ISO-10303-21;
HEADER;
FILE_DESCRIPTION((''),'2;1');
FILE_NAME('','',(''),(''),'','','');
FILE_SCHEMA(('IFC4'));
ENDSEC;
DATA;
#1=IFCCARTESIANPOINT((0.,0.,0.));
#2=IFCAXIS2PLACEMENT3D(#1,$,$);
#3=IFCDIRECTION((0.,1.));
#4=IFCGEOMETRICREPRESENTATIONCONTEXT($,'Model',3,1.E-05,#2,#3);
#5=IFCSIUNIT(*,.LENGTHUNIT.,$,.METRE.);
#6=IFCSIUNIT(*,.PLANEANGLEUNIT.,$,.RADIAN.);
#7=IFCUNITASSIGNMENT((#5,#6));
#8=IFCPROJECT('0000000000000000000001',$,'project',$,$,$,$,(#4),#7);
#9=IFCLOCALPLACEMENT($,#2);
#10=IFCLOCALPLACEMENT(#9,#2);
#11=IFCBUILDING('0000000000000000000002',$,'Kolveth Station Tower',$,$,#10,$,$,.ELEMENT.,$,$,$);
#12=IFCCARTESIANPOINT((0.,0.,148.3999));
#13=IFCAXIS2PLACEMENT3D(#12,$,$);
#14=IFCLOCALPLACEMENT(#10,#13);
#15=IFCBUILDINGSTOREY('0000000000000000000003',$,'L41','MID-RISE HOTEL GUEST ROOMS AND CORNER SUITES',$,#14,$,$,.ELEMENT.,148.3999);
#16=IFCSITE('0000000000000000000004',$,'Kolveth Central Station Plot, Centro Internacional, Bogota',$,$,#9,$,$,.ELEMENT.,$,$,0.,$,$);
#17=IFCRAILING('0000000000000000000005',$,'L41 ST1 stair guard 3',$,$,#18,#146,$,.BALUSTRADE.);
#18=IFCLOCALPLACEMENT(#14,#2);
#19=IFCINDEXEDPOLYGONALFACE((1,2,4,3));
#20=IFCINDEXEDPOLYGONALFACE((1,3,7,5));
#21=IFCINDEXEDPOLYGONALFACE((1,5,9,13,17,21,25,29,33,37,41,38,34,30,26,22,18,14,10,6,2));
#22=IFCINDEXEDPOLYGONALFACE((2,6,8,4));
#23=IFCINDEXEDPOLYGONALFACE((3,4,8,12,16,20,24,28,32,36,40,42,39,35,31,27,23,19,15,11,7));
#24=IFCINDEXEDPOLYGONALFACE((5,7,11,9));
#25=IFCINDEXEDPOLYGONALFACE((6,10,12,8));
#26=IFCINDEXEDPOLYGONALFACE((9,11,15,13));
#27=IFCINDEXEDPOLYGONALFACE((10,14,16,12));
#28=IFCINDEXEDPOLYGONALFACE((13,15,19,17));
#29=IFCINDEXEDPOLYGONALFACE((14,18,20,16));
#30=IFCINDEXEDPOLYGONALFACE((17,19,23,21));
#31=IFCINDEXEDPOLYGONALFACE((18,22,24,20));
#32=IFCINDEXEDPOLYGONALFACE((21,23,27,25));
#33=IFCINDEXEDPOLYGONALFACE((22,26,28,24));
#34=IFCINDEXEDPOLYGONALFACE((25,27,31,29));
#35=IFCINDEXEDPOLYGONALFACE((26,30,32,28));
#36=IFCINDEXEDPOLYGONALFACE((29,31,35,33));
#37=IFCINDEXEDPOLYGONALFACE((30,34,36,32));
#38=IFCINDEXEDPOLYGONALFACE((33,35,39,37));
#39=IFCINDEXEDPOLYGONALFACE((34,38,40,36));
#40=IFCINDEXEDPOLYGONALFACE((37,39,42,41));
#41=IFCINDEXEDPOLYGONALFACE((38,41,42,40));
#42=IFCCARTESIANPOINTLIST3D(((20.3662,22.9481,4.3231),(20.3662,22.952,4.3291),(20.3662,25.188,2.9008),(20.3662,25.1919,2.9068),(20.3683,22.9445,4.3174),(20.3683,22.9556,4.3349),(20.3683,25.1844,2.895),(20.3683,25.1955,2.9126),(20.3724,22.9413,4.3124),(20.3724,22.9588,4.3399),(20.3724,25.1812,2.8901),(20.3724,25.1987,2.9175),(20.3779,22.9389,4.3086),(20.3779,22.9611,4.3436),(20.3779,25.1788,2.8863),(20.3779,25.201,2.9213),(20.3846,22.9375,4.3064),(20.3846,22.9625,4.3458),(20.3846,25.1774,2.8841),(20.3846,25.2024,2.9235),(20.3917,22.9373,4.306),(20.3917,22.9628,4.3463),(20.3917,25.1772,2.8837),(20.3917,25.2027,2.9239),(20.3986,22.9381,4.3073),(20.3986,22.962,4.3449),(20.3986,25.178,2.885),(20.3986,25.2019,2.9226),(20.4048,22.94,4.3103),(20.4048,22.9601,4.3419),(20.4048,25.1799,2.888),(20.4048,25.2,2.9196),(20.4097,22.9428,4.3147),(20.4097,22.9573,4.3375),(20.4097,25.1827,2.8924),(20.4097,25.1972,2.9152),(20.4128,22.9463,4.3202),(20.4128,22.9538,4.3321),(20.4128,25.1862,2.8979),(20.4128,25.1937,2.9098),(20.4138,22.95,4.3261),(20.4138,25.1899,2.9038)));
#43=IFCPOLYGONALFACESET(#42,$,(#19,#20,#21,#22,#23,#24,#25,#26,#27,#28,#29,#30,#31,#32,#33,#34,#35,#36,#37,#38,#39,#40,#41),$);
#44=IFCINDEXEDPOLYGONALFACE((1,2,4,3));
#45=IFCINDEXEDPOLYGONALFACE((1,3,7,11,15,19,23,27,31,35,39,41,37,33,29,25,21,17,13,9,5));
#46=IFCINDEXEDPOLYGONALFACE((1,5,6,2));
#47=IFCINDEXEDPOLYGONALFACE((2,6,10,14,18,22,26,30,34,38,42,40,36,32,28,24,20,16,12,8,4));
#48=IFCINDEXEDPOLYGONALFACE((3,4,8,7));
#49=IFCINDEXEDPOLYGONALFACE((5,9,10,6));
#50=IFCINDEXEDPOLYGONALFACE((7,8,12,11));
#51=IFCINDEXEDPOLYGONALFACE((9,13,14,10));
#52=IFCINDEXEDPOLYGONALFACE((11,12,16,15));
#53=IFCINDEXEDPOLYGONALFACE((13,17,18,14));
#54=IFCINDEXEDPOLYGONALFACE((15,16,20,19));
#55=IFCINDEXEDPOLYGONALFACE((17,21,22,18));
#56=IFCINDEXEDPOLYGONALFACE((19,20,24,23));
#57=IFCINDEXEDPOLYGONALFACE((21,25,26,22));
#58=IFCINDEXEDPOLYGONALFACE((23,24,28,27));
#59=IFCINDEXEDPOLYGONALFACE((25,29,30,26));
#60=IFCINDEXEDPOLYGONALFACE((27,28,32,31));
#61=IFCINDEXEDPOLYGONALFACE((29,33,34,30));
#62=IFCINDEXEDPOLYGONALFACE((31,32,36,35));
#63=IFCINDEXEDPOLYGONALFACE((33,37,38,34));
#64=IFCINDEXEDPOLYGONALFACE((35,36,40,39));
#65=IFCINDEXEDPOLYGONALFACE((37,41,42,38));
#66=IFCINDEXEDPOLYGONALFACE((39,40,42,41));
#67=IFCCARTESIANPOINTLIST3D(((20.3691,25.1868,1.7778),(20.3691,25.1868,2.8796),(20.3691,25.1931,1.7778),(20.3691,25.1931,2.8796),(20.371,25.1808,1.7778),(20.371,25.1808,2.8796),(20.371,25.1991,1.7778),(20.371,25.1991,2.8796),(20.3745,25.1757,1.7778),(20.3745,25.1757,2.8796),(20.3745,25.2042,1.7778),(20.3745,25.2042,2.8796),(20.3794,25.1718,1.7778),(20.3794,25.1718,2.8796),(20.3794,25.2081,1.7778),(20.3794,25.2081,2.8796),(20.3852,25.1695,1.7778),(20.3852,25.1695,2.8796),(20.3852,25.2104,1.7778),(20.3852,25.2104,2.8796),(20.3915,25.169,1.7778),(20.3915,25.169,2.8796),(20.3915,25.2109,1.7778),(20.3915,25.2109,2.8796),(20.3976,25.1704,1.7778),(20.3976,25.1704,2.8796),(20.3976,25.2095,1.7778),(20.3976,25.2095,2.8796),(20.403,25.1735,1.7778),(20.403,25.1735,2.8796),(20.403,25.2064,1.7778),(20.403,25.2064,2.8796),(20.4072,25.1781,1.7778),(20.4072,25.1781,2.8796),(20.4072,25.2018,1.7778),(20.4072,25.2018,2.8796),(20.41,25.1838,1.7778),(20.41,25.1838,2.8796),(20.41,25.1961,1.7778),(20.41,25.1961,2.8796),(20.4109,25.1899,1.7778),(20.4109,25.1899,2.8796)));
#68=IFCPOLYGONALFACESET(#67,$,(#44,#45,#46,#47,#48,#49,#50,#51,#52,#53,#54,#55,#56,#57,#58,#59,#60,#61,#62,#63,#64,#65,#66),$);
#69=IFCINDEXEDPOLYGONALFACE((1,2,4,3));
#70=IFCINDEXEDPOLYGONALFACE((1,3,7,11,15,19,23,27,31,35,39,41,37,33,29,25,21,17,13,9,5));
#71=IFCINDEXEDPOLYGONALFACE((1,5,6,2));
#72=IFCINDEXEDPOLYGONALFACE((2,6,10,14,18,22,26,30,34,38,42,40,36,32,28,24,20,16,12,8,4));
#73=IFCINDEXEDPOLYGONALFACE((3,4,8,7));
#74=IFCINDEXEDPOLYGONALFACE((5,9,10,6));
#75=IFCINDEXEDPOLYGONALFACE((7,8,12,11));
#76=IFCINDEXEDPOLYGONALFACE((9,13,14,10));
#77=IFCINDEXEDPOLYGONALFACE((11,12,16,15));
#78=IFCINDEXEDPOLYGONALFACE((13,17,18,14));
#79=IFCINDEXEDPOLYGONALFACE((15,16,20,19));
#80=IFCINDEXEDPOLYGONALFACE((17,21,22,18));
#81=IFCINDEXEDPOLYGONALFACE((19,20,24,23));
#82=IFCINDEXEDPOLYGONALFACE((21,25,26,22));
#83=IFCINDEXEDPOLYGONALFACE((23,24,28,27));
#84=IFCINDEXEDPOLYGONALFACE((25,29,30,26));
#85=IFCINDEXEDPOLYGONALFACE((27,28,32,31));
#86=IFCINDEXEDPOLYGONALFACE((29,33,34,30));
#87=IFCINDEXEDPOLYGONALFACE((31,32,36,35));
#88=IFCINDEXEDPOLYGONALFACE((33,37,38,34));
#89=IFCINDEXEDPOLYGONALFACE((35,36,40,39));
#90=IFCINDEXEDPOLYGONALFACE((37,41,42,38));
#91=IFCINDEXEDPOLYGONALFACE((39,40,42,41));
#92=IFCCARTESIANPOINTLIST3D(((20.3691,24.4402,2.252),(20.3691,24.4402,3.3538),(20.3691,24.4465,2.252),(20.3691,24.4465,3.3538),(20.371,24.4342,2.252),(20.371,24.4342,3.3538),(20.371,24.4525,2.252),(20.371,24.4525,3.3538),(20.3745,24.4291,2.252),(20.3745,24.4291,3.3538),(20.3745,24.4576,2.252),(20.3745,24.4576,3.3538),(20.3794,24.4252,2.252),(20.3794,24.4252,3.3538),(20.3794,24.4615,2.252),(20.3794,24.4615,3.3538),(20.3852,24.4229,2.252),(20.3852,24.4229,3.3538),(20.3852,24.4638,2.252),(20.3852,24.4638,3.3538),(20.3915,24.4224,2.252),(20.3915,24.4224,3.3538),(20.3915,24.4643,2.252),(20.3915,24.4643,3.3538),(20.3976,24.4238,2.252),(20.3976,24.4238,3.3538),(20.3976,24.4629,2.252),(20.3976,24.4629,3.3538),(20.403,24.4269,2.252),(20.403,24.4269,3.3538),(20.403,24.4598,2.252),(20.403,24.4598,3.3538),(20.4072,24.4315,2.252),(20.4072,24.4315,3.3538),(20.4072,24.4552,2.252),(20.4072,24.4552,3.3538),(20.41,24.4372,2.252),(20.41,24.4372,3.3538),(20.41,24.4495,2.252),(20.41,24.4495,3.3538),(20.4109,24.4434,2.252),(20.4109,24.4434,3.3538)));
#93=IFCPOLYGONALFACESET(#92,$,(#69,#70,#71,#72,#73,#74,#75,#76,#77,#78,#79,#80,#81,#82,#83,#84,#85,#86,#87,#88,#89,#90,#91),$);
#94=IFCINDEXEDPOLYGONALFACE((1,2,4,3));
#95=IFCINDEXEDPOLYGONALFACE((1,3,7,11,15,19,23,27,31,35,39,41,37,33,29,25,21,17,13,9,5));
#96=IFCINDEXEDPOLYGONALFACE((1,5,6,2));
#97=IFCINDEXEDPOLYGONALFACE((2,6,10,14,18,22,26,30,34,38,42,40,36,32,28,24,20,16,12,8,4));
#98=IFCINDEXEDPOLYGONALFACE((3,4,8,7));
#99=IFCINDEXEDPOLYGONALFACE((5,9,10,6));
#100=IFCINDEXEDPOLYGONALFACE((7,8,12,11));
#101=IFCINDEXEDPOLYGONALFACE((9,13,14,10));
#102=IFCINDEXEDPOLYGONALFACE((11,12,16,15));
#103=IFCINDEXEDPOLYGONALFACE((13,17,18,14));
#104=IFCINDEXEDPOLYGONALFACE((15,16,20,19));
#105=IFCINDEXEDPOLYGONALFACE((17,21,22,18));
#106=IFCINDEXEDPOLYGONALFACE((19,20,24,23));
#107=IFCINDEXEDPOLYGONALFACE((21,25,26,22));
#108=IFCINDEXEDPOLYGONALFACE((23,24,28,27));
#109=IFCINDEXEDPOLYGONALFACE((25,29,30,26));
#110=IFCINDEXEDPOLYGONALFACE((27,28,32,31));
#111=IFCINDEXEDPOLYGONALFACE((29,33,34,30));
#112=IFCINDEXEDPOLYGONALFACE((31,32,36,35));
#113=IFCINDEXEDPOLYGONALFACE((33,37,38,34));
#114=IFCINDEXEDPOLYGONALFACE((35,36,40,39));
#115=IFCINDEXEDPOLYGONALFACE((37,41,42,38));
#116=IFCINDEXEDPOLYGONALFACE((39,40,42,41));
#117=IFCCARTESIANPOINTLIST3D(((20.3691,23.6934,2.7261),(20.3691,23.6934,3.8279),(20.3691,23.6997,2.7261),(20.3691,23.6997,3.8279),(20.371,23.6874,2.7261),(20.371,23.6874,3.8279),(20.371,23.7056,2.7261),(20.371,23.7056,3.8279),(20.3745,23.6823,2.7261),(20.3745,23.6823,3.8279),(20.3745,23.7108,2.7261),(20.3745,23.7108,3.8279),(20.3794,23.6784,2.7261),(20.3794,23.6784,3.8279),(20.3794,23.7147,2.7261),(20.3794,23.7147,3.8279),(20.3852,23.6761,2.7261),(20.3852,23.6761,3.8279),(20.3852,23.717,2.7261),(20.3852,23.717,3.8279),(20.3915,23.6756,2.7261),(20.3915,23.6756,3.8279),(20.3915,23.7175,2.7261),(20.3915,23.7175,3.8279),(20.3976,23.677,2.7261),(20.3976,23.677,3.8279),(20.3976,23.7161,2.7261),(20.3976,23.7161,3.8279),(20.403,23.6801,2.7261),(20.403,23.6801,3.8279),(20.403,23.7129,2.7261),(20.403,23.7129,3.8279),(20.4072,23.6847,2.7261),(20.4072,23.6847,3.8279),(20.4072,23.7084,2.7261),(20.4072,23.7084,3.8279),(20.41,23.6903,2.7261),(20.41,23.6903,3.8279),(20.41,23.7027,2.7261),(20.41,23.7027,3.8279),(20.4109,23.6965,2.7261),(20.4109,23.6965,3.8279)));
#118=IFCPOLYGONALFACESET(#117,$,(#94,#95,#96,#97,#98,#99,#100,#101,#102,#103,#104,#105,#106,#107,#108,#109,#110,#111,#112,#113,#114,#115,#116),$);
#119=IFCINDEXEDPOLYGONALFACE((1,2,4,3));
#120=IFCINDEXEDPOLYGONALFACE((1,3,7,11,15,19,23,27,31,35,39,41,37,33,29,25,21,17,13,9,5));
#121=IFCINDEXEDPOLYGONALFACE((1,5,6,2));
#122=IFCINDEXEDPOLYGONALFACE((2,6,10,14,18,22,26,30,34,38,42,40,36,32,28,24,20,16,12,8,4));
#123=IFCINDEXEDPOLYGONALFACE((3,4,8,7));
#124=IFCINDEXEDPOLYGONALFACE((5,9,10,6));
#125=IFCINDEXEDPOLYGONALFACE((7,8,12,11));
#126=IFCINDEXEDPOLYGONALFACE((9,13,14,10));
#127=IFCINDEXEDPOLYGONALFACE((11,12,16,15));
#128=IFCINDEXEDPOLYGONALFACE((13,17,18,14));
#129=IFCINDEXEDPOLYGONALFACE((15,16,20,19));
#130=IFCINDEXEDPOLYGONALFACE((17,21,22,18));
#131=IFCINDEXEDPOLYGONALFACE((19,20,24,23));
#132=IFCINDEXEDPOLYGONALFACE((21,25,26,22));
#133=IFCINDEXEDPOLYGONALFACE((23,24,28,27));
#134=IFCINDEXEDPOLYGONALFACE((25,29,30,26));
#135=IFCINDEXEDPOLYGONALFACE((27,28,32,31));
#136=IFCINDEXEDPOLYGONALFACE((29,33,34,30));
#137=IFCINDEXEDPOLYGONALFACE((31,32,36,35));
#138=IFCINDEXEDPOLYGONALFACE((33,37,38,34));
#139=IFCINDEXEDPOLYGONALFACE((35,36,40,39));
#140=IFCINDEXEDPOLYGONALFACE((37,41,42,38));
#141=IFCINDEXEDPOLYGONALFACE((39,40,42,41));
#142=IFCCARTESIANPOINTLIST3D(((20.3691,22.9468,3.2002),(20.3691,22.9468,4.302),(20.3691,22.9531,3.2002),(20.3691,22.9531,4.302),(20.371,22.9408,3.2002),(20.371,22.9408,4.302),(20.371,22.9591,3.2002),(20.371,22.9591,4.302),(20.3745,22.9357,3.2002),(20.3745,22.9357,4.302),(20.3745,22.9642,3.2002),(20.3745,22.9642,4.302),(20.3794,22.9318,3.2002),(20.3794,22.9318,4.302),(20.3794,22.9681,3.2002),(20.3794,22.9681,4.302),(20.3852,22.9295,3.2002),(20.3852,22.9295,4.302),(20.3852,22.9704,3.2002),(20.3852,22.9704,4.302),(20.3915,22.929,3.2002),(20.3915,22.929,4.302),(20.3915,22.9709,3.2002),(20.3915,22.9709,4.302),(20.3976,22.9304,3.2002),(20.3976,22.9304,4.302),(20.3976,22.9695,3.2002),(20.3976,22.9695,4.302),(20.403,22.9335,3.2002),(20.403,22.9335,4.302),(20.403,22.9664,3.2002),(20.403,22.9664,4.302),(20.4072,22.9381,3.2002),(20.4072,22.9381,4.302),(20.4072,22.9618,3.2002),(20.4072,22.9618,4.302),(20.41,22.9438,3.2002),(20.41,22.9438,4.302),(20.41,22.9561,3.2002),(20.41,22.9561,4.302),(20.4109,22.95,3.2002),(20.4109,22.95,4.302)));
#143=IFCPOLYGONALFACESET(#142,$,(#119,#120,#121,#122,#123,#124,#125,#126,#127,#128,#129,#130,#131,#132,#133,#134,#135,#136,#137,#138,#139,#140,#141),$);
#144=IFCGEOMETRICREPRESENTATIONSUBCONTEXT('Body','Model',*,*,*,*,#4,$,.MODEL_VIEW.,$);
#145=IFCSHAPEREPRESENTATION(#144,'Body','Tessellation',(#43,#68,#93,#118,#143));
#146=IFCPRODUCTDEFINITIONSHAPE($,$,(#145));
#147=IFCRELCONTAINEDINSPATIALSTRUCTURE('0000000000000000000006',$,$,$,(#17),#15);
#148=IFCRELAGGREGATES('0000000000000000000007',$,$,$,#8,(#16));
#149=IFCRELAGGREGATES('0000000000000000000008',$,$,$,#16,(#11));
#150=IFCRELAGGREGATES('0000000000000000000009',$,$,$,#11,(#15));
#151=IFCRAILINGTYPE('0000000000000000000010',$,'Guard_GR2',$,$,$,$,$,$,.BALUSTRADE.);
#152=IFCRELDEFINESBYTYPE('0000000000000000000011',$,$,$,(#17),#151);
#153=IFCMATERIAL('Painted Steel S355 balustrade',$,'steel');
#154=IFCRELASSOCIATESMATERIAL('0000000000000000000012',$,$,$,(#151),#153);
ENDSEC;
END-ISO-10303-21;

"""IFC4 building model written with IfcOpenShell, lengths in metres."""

from ifc_helpers import new_model, si_unit, direction, frame, origin, origin_2d, place, context, subcontext, project, spatial, circle, extrude, material, type_object, element, save


model = new_model("IFC4")

# Units and contexts
model_context = context("Model", 3, precision=1e-05, world=origin(), true_north=direction((0.0, 1.0)))
body_context = subcontext(model_context, "Body", "Model", "MODEL_VIEW")
ifc_project = project(units=[si_unit("LENGTHUNIT", "METRE"), si_unit("PLANEANGLEUNIT", "RADIAN")], contexts=[model_context])

# Site, building, storey
site_placement = place(None, origin())
site = spatial("IfcSite", under=ifc_project, at=site_placement, Name="Kolveth Central Station Plot, Centro Internacional, Bogota", CompositionType="ELEMENT", RefElevation=0.0)
building_placement = place(site_placement, origin())
building = spatial("IfcBuilding", under=site, at=building_placement, Name="Kolveth Station Tower", CompositionType="ELEMENT")
storey_placement = place(building_placement, frame((0.0, 0.0, 148.3999)))
storey = spatial("IfcBuildingStorey", under=building, at=storey_placement, Name="L41", Description="MID-RISE HOTEL GUEST ROOMS AND CORNER SUITES", CompositionType="ELEMENT", Elevation=148.3999)

# Railing
ifc_material_1 = material(Name="Painted Steel S355 balustrade", Category="steel")
railing_type_1 = type_object("IfcRailingType", Name="Guard_GR2", PredefinedType="BALUSTRADE", material=ifc_material_1)
railing_1_placement = place(storey_placement, frame((20.3899, 25.1899, 1.7778)))
element("IfcRailing", 1, at=railing_1_placement, inside=storey, type_object=railing_type_1, Name="L41 ST1 stair guard 3", PredefinedType="BALUSTRADE", context=body_context, shape_type="SweptSolid", body=[
    extrude(circle(Radius=0.0239, at=origin_2d()), frame((0.0, 0.0, 1.126), z_axis=(0.0, -0.844188, 0.536048), x_axis=(1.0, 0.0, 0.0)), (0.0, 0.0, 1.0), 2.6533),
    extrude(circle(Radius=0.021, at=origin_2d()), origin(), (0.0, 0.0, 1.0), 1.1018),
    extrude(circle(Radius=0.021, at=origin_2d()), frame((0.0, -0.7466, 0.4741)), (0.0, 0.0, 1.0), 1.1018),
    extrude(circle(Radius=0.021, at=origin_2d()), frame((0.0, -1.4934, 0.9482)), (0.0, 0.0, 1.0), 1.1018),
    extrude(circle(Radius=0.021, at=origin_2d()), frame((0.0, -2.24, 1.4224)), (0.0, 0.0, 1.0), 1.1018),
])

save(model, "model.ifc")
